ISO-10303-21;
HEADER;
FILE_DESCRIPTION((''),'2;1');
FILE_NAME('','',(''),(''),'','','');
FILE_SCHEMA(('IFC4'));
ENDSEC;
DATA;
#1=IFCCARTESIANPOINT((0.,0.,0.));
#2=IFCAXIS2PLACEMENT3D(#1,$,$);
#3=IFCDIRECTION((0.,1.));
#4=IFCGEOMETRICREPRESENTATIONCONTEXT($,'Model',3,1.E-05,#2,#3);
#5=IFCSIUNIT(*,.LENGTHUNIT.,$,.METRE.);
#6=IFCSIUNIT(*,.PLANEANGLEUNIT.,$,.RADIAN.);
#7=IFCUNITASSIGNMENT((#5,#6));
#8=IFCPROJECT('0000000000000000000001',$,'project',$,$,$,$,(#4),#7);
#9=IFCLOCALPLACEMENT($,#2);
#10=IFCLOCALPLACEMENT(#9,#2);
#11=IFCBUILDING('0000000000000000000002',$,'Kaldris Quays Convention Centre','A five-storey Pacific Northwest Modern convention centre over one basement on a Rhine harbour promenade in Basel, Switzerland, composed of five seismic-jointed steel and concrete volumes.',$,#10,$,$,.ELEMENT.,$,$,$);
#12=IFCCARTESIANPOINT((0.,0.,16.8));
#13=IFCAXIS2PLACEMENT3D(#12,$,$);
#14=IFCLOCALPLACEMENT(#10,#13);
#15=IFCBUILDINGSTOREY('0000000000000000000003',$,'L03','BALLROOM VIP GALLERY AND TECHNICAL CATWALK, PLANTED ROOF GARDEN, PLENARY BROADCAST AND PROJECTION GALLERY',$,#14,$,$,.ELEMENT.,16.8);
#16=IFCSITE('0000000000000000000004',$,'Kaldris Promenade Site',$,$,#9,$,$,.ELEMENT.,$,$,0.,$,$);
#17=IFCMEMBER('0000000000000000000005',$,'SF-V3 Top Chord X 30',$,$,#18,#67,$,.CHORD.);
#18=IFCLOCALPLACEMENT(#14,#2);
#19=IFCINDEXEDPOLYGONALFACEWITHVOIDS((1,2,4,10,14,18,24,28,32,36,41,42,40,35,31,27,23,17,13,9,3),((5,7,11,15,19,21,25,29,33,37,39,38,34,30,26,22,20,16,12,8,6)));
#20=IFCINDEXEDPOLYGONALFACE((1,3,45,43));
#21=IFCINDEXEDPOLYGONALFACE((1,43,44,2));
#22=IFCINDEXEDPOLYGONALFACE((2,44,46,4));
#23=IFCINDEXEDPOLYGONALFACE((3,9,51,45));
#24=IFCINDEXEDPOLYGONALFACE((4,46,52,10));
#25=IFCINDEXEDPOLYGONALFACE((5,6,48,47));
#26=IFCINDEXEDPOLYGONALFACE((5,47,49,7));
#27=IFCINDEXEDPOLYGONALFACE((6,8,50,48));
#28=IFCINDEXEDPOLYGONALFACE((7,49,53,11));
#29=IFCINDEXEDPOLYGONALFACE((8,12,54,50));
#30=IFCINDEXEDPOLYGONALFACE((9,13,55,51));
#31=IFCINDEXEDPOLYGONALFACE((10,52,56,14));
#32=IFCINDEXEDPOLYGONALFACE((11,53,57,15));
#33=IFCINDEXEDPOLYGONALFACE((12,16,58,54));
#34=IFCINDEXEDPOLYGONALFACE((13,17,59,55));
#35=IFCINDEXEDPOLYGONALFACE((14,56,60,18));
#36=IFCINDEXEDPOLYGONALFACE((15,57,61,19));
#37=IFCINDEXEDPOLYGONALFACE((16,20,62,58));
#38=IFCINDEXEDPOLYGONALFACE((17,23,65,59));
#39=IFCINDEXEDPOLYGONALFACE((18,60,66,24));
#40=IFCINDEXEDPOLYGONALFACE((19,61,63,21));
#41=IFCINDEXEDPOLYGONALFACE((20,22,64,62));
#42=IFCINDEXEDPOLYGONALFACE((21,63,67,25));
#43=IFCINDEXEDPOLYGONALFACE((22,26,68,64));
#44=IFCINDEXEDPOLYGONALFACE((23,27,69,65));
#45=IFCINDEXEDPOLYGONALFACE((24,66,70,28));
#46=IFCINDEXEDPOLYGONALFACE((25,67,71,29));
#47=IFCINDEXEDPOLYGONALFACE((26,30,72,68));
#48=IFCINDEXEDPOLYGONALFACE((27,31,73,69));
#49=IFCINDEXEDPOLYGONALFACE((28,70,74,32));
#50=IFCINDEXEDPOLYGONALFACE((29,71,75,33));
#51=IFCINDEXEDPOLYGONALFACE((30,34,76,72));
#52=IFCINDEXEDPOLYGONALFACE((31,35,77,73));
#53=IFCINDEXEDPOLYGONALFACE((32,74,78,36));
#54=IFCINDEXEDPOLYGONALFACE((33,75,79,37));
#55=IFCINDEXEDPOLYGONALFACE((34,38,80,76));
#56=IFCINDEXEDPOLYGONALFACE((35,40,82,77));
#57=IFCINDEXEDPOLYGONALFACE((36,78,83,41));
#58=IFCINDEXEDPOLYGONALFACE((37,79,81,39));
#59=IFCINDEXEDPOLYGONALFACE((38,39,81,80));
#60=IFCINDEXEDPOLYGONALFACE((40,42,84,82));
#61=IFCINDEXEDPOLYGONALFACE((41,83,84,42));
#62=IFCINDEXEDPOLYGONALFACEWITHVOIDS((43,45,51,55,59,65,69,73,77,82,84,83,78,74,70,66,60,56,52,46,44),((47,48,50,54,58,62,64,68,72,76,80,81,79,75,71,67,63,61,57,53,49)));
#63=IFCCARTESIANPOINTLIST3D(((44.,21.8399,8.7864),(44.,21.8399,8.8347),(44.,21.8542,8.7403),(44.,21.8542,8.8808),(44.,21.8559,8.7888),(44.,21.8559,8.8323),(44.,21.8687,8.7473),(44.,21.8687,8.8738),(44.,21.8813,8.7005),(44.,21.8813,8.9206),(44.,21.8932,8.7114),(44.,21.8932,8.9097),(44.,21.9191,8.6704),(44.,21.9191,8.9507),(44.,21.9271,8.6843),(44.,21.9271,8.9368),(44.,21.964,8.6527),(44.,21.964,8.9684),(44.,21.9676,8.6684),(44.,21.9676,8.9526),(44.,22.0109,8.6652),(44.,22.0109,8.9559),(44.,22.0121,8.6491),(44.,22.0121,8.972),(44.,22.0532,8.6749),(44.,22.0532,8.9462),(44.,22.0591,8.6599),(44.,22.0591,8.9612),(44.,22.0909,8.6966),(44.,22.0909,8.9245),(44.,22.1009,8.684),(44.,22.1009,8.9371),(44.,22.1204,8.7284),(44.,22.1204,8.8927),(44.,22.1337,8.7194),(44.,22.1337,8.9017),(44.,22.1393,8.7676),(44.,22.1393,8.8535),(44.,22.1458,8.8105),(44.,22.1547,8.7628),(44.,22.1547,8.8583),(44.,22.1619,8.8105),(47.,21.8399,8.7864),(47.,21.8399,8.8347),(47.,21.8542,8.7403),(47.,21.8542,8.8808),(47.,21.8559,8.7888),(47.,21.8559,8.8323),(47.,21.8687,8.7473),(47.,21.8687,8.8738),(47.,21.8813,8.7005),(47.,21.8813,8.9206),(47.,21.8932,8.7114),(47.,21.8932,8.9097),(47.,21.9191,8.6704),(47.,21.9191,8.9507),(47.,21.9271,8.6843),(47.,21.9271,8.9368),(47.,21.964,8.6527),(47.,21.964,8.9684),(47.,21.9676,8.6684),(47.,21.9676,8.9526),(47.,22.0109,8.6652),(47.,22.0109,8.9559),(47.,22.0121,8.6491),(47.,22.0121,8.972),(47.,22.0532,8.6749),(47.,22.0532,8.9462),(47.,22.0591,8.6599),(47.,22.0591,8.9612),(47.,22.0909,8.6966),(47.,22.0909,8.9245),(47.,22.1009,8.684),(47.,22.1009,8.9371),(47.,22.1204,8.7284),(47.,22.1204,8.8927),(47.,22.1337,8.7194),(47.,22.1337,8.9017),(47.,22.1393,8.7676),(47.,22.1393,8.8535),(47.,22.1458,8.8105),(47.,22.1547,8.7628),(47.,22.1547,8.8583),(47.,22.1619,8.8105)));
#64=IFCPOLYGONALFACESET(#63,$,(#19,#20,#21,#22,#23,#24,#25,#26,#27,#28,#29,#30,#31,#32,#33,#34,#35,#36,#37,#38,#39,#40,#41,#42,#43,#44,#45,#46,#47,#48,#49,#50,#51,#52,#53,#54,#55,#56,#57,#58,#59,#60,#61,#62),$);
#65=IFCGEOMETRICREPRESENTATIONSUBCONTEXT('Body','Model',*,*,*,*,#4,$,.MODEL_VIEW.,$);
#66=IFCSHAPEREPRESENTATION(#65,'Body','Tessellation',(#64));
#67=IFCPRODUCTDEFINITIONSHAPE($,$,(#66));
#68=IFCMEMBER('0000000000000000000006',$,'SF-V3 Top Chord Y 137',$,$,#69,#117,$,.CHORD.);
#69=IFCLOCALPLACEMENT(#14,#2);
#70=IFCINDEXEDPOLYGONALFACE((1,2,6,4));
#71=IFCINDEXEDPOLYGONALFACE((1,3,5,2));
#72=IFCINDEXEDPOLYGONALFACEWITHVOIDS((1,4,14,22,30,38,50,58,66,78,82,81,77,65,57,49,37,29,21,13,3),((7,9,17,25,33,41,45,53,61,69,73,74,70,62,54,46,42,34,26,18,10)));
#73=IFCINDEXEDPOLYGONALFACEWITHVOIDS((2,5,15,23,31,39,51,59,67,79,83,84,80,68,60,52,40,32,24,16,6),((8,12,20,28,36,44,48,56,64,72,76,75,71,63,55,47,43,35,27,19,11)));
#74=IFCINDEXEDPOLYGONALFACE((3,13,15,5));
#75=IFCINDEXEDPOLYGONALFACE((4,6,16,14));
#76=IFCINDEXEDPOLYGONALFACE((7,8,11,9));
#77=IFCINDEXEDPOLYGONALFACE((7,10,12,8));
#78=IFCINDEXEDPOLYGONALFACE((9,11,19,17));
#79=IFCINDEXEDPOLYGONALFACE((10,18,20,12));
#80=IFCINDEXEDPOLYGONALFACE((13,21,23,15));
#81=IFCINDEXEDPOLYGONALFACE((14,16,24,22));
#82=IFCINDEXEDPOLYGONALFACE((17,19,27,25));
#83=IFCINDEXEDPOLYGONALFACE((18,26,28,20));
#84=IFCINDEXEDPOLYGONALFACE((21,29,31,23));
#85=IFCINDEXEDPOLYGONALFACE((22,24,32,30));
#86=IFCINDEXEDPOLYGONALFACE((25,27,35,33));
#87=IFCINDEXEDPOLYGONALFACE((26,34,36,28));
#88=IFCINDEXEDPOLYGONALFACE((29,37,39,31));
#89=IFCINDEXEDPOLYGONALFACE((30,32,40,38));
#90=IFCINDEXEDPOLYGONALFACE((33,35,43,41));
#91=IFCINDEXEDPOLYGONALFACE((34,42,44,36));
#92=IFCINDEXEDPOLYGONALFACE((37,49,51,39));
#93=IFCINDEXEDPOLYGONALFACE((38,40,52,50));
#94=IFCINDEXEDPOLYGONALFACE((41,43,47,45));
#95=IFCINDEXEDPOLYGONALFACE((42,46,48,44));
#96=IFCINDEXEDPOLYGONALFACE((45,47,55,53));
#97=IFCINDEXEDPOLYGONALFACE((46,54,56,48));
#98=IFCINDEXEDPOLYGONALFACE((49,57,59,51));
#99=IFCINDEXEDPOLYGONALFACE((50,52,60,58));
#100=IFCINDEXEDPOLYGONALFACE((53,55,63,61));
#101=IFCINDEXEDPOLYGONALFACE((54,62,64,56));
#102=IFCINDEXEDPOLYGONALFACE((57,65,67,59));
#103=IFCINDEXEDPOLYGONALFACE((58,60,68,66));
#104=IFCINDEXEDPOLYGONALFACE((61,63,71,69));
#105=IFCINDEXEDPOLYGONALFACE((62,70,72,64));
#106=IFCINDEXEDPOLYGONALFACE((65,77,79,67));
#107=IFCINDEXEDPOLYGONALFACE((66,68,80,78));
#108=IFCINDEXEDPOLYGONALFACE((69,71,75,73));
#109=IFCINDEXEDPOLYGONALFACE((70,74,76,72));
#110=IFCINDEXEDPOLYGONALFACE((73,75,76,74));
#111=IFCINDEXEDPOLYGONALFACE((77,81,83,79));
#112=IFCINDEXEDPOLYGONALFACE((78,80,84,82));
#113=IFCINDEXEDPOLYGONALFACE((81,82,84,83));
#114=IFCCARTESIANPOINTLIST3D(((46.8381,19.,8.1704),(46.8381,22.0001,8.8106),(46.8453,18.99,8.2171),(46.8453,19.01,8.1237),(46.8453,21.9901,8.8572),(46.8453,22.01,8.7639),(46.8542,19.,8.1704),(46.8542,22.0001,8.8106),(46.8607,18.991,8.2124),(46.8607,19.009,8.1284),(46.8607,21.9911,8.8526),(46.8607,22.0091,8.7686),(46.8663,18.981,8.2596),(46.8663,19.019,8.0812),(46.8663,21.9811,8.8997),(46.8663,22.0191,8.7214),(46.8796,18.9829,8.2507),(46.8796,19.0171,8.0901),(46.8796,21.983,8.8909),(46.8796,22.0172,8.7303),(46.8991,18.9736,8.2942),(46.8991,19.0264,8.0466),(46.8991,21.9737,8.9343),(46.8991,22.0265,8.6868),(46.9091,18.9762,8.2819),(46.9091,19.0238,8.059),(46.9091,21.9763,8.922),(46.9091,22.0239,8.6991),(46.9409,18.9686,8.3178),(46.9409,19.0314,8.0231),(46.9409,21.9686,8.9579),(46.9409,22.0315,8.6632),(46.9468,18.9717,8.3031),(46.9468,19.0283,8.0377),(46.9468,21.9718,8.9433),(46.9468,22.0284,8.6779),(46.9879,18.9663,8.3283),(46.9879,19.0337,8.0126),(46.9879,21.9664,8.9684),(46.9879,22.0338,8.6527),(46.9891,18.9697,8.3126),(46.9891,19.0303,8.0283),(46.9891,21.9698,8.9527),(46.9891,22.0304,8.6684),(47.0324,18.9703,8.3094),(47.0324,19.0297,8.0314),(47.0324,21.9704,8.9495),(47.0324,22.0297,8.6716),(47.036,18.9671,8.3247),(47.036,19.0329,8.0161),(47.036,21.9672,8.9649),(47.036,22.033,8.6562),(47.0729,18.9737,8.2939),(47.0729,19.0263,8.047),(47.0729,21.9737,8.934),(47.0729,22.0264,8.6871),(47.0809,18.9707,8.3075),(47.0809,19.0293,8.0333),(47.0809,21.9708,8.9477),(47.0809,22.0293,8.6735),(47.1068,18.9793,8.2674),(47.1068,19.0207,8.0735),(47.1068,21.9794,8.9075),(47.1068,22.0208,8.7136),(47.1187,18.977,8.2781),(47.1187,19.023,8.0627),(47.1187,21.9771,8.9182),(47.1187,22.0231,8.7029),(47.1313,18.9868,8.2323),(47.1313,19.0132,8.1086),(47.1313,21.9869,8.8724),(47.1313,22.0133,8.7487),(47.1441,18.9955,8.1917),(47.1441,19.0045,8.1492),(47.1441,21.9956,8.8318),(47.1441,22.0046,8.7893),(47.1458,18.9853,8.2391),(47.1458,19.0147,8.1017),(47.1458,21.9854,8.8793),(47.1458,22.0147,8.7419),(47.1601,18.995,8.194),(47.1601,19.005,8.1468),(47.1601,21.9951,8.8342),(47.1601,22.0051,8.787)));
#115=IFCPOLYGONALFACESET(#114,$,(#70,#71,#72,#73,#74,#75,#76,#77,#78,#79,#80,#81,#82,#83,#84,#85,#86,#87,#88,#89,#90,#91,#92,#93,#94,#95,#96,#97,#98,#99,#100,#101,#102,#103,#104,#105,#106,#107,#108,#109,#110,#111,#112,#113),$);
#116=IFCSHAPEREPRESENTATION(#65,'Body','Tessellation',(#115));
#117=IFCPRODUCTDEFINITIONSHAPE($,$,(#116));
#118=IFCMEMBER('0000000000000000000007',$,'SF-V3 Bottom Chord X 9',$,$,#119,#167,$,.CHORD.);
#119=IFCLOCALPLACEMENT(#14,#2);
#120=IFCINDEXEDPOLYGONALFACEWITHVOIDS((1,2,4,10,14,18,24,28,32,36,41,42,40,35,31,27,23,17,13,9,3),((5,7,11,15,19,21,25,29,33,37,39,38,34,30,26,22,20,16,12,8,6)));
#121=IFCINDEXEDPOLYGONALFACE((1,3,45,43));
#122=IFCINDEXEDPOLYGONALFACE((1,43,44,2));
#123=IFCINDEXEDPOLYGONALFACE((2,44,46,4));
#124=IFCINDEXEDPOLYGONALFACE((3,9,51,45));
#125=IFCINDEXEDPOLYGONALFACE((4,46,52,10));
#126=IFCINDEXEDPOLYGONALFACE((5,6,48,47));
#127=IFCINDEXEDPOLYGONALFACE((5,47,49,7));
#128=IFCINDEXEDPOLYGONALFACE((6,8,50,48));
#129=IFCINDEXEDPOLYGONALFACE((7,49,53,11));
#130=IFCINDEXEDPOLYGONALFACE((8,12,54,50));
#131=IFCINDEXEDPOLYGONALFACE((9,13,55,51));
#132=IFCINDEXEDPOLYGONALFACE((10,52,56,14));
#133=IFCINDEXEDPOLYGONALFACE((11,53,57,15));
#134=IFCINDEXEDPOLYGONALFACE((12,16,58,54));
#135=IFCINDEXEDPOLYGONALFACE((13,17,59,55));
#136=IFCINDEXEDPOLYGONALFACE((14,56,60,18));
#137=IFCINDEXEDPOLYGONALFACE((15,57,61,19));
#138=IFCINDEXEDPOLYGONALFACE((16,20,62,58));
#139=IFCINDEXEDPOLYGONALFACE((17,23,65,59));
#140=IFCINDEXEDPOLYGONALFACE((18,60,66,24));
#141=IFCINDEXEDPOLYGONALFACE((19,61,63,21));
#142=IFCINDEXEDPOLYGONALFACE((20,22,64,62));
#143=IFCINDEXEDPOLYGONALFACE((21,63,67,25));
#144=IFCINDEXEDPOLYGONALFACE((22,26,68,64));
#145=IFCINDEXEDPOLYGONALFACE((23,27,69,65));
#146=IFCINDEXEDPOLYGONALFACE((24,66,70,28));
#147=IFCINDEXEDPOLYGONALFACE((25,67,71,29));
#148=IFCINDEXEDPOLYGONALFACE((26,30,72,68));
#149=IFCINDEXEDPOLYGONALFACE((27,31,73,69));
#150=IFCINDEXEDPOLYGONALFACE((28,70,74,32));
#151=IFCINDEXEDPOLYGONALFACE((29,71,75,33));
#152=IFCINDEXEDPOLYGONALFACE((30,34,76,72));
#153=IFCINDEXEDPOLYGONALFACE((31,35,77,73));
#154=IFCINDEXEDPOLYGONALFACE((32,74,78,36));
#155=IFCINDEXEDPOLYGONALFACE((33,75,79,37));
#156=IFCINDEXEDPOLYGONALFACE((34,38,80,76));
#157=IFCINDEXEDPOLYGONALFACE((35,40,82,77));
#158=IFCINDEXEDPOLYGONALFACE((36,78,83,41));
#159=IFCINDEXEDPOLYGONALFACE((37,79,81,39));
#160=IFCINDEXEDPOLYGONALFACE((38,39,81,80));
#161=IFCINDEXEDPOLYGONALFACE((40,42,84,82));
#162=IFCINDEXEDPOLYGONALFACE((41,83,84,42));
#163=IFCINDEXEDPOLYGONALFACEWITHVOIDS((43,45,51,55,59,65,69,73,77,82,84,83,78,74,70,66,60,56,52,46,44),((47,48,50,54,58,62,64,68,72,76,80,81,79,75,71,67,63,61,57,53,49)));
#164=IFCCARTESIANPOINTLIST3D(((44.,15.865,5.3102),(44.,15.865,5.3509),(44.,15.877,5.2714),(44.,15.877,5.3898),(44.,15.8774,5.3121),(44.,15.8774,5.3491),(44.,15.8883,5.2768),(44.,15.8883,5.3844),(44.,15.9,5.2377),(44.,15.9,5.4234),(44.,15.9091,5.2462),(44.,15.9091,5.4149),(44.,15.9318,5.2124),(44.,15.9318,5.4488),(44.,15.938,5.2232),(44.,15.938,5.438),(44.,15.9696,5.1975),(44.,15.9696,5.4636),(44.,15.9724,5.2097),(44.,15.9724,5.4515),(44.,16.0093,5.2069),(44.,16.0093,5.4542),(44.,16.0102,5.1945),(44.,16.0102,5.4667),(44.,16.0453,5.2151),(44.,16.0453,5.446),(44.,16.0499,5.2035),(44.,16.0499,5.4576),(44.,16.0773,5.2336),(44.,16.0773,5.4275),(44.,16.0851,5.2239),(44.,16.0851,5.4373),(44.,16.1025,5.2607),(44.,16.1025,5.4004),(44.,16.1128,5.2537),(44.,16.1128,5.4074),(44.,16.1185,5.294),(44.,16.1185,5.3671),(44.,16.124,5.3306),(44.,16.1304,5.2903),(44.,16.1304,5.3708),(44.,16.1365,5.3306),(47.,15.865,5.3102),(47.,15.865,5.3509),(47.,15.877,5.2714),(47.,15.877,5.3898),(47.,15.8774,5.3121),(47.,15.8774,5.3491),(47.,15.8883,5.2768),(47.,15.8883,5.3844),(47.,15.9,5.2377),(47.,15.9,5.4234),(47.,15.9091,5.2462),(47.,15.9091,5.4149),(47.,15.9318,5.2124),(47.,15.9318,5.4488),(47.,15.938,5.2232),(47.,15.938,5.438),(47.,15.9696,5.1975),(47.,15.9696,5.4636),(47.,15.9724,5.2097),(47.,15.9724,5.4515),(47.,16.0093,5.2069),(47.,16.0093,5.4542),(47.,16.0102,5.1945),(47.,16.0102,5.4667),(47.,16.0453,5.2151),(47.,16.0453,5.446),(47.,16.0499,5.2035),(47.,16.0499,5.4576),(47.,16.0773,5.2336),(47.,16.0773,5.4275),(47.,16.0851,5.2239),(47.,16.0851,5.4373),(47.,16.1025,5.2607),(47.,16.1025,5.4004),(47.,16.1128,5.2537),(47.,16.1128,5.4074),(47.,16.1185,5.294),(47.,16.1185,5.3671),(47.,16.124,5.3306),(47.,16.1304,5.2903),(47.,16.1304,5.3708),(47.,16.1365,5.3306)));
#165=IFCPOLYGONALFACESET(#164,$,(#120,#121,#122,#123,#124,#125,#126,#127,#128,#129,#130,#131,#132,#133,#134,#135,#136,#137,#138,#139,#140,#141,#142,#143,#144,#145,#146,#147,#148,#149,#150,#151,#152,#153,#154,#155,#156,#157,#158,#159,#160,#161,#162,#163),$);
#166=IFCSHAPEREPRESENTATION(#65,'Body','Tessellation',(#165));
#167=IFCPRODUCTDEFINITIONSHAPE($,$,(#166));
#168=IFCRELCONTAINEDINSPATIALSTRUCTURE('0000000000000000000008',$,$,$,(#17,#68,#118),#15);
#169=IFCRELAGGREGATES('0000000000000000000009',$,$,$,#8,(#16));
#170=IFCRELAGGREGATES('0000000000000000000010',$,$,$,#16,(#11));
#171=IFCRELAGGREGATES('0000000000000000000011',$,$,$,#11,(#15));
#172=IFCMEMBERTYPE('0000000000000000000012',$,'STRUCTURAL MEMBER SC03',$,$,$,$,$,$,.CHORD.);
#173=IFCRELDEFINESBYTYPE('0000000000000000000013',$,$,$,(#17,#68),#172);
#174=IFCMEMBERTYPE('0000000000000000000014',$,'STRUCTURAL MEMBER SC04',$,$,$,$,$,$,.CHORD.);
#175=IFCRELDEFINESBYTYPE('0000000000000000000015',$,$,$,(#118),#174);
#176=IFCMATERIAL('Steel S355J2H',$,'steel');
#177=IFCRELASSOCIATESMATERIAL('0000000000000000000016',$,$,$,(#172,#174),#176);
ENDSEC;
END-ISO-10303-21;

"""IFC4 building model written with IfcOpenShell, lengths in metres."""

from ifc_helpers import new_model, si_unit, direction, frame, origin, origin_2d, place, context, subcontext, project, spatial, hollow_circle, extrude, material, material_profile, profile_set, type_object, element, save


model = new_model("IFC4")

# Units and contexts
model_context = context("Model", 3, precision=1e-05, world=origin(), true_north=direction((0.0, 1.0)))
body_context = subcontext(model_context, "Body", "Model", "MODEL_VIEW")
ifc_project = project(units=[si_unit("LENGTHUNIT", "METRE"), si_unit("PLANEANGLEUNIT", "RADIAN")], contexts=[model_context])

# Site, building, storey
site_placement = place(None, origin())
site = spatial("IfcSite", under=ifc_project, at=site_placement, Name="Kaldris Promenade Site", CompositionType="ELEMENT", RefElevation=0.0)
building_placement = place(site_placement, origin())
building = spatial("IfcBuilding", under=site, at=building_placement, Name="Kaldris Quays Convention Centre", Description="A five-storey Pacific Northwest Modern convention centre over one basement on a Rhine harbour promenade in Basel, Switzerland, composed of five seismic-jointed steel and concrete volumes.", CompositionType="ELEMENT")
storey_placement = place(building_placement, frame((0.0, 0.0, 16.8)))
storey = spatial("IfcBuildingStorey", under=building, at=storey_placement, Name="L03", Description="BALLROOM VIP GALLERY AND TECHNICAL CATWALK, PLANTED ROOF GARDEN, PLENARY BROADCAST AND PROJECTION GALLERY", CompositionType="ELEMENT", Elevation=16.8)

# Members
ifc_material_1 = material(Name="Steel S355J2H", Category="steel")
ifc_material_profile_1 = material_profile(ifc_material_1, hollow_circle(Radius=0.1619, WallThickness=0.0161, at=origin_2d()), Name="CHS 323.9x16")
ifc_profile_set_1 = profile_set([ifc_material_profile_1], Name="Steel S355J2H")
member_type_1 = type_object("IfcMemberType", Name="STRUCTURAL MEMBER SC03", PredefinedType="CHORD", material=ifc_profile_set_1)
for number, where, z_axis, x_axis, name in (
    (1, (44.0, 22.0, 8.8105), (1.0, 0.0, 0.0), (0.0, 1.0, 0.0), "SF-V3 Top Chord X 30"),
):
    element("IfcMember", number, at=place(storey_placement, frame(where, z_axis=z_axis, x_axis=x_axis)), inside=storey, type_object=member_type_1, Name=name, PredefinedType="CHORD", context=body_context, shape_type="SweptSolid", body=[
        extrude(hollow_circle(Radius=0.1619, WallThickness=0.0161, at=origin_2d()), origin(), (0.0, 0.0, 1.0), 3.0),
    ])
member_1_placement = place(storey_placement, frame((47.0, 19.0, 8.1704), z_axis=(0.0, 0.977984, 0.208681), x_axis=(-1.0, 0.0, 0.0)))
element("IfcMember", 2, at=member_1_placement, inside=storey, type_object=member_type_1, Name="SF-V3 Top Chord Y 137", PredefinedType="CHORD", context=body_context, shape_type="SweptSolid", body=[
    extrude(hollow_circle(Radius=0.1619, WallThickness=0.0161, at=origin_2d()), origin(), (0.0, 0.0, 1.0), 3.0676),
])
ifc_material_profile_2 = material_profile(ifc_material_1, hollow_circle(Radius=0.1365, WallThickness=0.0125, at=origin_2d()), Name="CHS 273x12.5")
ifc_profile_set_2 = profile_set([ifc_material_profile_2], Name="Steel S355J2H")
member_type_2 = type_object("IfcMemberType", Name="STRUCTURAL MEMBER SC04", PredefinedType="CHORD", material=ifc_profile_set_2)
for number, where, z_axis, x_axis, name in (
    (3, (44.0, 16.0, 5.3306), (1.0, 0.0, 0.0), (0.0, 1.0, 0.0), "SF-V3 Bottom Chord X 9"),
):
    element("IfcMember", number, at=place(storey_placement, frame(where, z_axis=z_axis, x_axis=x_axis)), inside=storey, type_object=member_type_2, Name=name, PredefinedType="CHORD", context=body_context, shape_type="SweptSolid", body=[
        extrude(hollow_circle(Radius=0.1365, WallThickness=0.0125, at=origin_2d()), origin(), (0.0, 0.0, 1.0), 3.0),
    ])

save(model, "model.ifc")
